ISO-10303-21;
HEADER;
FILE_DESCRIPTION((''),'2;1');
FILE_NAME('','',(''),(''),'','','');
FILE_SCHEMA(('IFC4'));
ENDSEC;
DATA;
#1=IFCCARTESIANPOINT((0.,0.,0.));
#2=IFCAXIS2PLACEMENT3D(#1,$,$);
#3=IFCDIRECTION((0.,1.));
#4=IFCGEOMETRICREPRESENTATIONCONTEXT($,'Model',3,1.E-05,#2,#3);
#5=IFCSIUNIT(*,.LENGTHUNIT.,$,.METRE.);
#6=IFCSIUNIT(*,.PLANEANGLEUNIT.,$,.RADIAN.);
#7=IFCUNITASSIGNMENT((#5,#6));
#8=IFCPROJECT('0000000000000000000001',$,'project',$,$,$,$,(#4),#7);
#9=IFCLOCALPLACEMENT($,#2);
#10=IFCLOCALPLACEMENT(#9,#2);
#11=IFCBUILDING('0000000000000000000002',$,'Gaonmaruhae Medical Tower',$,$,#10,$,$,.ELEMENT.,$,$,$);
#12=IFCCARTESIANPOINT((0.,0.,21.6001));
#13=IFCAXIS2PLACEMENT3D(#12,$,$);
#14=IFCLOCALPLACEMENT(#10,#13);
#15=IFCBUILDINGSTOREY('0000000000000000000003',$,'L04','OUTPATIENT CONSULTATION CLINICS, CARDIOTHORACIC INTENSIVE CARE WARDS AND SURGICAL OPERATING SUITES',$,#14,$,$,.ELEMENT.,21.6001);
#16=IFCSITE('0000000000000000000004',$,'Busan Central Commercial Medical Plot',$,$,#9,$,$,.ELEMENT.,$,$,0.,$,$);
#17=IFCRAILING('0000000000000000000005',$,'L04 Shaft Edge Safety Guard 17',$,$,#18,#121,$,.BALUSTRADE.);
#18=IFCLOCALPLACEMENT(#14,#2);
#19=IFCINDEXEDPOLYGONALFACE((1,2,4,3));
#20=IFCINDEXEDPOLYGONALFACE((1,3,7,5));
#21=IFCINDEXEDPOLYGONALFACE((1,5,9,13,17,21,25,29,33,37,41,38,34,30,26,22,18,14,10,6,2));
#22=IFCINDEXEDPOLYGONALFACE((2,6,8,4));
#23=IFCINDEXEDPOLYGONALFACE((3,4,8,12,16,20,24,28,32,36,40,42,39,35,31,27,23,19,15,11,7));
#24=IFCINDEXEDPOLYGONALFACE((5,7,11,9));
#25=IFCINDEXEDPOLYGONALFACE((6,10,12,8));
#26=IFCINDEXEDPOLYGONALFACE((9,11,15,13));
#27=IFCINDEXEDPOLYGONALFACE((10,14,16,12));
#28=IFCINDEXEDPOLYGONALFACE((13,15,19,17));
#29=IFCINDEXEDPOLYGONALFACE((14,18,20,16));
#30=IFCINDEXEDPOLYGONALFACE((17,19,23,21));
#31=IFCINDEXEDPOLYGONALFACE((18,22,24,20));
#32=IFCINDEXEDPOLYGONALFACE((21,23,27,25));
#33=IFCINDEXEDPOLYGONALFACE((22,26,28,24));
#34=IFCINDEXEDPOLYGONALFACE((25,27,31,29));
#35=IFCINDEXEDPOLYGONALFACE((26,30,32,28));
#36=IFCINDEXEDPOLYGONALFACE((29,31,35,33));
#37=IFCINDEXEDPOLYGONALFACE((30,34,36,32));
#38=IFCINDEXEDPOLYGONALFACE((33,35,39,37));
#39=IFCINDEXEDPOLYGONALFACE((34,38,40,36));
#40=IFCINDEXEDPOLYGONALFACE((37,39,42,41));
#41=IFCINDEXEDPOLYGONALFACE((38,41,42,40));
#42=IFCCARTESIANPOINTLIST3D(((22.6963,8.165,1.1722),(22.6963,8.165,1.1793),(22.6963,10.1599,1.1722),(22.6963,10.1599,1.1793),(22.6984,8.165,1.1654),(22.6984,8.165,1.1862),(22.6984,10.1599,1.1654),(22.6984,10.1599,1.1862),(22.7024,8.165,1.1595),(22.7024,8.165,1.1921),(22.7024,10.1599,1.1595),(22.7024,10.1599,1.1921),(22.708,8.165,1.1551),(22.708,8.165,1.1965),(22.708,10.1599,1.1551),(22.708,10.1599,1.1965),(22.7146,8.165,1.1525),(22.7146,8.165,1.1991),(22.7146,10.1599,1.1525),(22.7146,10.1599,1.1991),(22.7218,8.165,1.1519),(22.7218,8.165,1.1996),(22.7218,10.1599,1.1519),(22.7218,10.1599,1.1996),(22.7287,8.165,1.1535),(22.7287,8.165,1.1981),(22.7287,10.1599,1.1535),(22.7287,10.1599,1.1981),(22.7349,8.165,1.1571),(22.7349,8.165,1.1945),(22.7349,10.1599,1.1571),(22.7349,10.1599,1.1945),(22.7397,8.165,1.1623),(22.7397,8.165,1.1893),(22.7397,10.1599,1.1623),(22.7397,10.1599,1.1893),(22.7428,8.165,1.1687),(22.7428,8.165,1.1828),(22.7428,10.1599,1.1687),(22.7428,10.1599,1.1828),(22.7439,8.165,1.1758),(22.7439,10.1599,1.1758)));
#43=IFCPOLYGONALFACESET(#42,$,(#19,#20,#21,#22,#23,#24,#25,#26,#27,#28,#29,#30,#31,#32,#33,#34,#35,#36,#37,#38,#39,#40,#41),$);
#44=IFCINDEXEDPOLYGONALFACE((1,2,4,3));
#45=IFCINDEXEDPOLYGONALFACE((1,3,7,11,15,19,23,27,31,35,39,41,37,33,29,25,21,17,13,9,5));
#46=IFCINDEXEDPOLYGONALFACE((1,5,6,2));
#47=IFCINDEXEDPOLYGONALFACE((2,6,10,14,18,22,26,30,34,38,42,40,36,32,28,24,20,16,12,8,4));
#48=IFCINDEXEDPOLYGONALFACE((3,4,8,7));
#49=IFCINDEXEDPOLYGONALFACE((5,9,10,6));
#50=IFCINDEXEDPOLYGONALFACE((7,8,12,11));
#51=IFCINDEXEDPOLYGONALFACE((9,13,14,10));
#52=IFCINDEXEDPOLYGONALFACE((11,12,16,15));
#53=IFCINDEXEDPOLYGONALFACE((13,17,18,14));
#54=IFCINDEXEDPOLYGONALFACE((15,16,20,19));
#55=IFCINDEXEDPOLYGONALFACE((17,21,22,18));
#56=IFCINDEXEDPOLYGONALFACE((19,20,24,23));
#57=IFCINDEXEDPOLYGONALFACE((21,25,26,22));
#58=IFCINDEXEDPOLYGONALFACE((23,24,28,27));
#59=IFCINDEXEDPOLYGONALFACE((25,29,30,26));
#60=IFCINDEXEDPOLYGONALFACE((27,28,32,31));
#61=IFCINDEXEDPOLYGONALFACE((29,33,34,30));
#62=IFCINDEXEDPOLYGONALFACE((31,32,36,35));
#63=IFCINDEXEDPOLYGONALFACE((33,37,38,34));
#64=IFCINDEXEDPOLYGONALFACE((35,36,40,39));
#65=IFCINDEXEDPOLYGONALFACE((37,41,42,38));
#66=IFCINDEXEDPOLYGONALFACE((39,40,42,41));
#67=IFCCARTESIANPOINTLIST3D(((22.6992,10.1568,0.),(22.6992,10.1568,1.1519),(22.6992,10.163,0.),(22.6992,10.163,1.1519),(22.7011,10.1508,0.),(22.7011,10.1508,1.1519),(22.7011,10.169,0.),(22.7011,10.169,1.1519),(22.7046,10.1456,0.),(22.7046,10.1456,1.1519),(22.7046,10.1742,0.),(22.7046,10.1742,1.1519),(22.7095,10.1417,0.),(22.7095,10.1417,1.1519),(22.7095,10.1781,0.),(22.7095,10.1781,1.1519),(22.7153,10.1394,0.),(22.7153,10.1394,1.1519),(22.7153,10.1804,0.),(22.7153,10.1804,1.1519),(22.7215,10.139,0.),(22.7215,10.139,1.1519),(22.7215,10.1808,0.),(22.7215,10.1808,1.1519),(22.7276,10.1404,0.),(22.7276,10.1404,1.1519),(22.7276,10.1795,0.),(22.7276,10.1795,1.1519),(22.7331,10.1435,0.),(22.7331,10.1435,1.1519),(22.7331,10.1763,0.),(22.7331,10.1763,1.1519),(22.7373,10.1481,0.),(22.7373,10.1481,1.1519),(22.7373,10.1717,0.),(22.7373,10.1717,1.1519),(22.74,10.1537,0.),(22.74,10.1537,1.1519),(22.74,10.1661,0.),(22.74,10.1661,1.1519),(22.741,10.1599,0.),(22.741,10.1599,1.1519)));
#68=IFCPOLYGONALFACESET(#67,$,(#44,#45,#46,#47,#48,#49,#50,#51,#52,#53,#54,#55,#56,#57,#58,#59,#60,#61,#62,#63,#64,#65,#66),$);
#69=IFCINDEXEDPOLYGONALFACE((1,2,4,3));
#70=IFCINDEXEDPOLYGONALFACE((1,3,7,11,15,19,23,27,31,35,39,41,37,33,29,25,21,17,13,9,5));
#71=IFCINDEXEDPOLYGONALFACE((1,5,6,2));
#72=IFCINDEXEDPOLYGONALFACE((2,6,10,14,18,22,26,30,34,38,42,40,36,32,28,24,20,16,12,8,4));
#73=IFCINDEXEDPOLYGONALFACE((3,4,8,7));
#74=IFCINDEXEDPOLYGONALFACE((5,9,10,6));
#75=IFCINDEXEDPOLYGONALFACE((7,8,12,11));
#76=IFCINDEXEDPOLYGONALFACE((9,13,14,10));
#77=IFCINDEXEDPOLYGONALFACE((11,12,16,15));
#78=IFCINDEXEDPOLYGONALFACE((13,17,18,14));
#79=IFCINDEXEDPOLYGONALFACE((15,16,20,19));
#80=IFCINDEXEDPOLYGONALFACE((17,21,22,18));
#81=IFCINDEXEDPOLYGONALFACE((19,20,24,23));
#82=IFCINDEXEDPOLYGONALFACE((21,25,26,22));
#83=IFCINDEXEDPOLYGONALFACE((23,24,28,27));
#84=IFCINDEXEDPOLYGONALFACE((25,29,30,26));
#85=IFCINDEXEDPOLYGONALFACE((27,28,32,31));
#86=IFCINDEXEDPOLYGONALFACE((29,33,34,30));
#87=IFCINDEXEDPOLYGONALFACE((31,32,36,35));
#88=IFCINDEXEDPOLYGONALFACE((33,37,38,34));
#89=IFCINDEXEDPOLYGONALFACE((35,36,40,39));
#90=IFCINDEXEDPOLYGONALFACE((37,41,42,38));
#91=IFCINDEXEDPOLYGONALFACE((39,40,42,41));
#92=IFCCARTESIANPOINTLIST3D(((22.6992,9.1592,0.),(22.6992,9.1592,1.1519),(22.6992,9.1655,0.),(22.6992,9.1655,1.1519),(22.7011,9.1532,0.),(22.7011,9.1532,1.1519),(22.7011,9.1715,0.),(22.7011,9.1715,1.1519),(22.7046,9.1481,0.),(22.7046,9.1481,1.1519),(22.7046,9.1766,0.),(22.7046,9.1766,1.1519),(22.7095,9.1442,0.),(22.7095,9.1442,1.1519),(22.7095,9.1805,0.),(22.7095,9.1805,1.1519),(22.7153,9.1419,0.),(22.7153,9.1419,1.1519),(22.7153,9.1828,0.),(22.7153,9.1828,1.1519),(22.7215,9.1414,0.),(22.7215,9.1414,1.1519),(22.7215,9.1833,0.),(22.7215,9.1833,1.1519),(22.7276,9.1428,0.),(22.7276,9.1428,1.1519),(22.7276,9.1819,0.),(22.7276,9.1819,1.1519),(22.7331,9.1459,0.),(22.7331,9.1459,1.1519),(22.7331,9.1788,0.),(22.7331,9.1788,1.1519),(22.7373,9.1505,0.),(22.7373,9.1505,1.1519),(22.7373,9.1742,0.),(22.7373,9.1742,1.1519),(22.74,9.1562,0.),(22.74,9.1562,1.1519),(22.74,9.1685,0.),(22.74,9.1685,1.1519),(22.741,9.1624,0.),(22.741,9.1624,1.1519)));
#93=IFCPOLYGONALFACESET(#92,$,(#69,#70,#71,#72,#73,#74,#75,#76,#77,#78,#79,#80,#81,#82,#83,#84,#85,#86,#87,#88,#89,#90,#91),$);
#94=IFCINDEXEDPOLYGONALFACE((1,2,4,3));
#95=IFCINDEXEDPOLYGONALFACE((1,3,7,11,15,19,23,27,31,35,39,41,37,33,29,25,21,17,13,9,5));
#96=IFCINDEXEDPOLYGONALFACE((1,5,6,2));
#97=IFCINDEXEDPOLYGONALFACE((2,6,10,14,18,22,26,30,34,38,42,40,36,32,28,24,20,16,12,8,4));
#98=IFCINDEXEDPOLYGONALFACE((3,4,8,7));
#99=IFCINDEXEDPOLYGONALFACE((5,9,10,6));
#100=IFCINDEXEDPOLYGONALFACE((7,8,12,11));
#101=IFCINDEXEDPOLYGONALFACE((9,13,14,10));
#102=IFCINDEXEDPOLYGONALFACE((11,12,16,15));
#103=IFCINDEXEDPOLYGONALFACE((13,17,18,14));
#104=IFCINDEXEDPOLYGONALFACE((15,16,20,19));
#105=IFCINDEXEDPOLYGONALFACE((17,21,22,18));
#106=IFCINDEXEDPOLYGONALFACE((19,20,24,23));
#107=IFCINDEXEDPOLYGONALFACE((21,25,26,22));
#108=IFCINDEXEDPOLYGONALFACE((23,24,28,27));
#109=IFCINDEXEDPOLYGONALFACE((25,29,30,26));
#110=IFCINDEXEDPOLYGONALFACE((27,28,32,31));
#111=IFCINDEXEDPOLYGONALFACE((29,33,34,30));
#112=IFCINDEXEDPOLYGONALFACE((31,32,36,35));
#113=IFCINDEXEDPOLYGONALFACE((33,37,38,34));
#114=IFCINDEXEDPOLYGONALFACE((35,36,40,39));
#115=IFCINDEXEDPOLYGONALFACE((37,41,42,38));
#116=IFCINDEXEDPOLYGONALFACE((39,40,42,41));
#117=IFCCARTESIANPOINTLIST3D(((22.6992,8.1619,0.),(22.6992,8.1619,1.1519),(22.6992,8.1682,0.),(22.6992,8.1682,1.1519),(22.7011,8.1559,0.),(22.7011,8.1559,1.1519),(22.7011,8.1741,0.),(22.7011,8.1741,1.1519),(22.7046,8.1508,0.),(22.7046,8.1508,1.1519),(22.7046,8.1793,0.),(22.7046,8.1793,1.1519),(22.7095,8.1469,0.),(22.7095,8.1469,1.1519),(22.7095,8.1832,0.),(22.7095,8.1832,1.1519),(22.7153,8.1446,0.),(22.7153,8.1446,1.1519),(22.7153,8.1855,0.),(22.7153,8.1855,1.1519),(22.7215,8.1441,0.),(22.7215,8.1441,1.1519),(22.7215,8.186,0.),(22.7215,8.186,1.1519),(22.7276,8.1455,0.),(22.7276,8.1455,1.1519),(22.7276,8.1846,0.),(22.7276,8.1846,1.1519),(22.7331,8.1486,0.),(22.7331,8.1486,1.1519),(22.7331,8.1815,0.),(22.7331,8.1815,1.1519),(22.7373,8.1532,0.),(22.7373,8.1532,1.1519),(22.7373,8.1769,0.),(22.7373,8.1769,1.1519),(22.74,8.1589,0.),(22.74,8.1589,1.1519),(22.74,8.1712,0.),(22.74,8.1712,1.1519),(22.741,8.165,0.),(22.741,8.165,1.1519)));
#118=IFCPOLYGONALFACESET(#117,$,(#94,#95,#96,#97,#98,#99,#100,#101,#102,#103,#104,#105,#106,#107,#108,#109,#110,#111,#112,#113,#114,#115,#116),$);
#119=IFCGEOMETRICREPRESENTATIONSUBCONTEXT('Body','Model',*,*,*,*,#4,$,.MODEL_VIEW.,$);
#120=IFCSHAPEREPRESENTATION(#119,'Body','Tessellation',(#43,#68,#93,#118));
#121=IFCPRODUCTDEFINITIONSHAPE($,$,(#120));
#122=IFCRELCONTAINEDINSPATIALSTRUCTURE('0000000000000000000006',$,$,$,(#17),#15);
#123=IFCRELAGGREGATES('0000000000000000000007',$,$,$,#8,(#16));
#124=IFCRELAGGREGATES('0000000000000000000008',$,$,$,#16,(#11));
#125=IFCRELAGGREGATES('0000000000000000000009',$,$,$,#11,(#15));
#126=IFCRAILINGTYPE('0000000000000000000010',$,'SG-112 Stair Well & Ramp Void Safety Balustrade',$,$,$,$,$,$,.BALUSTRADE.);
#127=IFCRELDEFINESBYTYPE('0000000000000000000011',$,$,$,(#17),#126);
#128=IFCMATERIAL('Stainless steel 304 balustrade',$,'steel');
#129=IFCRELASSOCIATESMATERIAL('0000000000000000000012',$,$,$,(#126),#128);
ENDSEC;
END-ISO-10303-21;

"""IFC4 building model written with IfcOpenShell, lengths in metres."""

from ifc_helpers import new_model, si_unit, direction, frame, origin, origin_2d, place, context, subcontext, project, spatial, circle, extrude, material, type_object, element, save


model = new_model("IFC4")

# Units and contexts
model_context = context("Model", 3, precision=1e-05, world=origin(), true_north=direction((0.0, 1.0)))
body_context = subcontext(model_context, "Body", "Model", "MODEL_VIEW")
ifc_project = project(units=[si_unit("LENGTHUNIT", "METRE"), si_unit("PLANEANGLEUNIT", "RADIAN")], contexts=[model_context])

# Site, building, storey
site_placement = place(None, origin())
site = spatial("IfcSite", under=ifc_project, at=site_placement, Name="Busan Central Commercial Medical Plot", CompositionType="ELEMENT", RefElevation=0.0)
building_placement = place(site_placement, origin())
building = spatial("IfcBuilding", under=site, at=building_placement, Name="Gaonmaruhae Medical Tower", CompositionType="ELEMENT")
storey_placement = place(building_placement, frame((0.0, 0.0, 21.6001)))
storey = spatial("IfcBuildingStorey", under=building, at=storey_placement, Name="L04", Description="OUTPATIENT CONSULTATION CLINICS, CARDIOTHORACIC INTENSIVE CARE WARDS AND SURGICAL OPERATING SUITES", CompositionType="ELEMENT", Elevation=21.6001)

# Railing
ifc_material_1 = material(Name="Stainless steel 304 balustrade", Category="steel")
railing_type = type_object("IfcRailingType", Name="SG-112 Stair Well & Ramp Void Safety Balustrade", PredefinedType="BALUSTRADE", material=ifc_material_1)
railing_1_placement = place(storey_placement, frame((22.72, 10.1599, 0.0)))
element("IfcRailing", 1, at=railing_1_placement, inside=storey, type_object=railing_type, Name="L04 Shaft Edge Safety Guard 17", PredefinedType="BALUSTRADE", context=body_context, shape_type="SweptSolid", body=[
    extrude(circle(Radius=0.0239, at=origin_2d()), frame((0.0, 0.0, 1.1758), z_axis=(0.0, -1.0, 0.0), x_axis=(1.0, 0.0, 0.0)), (0.0, 0.0, 1.0), 1.9949),
    extrude(circle(Radius=0.021, at=origin_2d()), origin(), (0.0, 0.0, 1.0), 1.1519),
    extrude(circle(Radius=0.021, at=origin_2d()), frame((0.0, -0.9976, 0.0)), (0.0, 0.0, 1.0), 1.1519),
    extrude(circle(Radius=0.021, at=origin_2d()), frame((0.0, -1.9949, 0.0)), (0.0, 0.0, 1.0), 1.1519),
])

save(model, "model.ifc")
